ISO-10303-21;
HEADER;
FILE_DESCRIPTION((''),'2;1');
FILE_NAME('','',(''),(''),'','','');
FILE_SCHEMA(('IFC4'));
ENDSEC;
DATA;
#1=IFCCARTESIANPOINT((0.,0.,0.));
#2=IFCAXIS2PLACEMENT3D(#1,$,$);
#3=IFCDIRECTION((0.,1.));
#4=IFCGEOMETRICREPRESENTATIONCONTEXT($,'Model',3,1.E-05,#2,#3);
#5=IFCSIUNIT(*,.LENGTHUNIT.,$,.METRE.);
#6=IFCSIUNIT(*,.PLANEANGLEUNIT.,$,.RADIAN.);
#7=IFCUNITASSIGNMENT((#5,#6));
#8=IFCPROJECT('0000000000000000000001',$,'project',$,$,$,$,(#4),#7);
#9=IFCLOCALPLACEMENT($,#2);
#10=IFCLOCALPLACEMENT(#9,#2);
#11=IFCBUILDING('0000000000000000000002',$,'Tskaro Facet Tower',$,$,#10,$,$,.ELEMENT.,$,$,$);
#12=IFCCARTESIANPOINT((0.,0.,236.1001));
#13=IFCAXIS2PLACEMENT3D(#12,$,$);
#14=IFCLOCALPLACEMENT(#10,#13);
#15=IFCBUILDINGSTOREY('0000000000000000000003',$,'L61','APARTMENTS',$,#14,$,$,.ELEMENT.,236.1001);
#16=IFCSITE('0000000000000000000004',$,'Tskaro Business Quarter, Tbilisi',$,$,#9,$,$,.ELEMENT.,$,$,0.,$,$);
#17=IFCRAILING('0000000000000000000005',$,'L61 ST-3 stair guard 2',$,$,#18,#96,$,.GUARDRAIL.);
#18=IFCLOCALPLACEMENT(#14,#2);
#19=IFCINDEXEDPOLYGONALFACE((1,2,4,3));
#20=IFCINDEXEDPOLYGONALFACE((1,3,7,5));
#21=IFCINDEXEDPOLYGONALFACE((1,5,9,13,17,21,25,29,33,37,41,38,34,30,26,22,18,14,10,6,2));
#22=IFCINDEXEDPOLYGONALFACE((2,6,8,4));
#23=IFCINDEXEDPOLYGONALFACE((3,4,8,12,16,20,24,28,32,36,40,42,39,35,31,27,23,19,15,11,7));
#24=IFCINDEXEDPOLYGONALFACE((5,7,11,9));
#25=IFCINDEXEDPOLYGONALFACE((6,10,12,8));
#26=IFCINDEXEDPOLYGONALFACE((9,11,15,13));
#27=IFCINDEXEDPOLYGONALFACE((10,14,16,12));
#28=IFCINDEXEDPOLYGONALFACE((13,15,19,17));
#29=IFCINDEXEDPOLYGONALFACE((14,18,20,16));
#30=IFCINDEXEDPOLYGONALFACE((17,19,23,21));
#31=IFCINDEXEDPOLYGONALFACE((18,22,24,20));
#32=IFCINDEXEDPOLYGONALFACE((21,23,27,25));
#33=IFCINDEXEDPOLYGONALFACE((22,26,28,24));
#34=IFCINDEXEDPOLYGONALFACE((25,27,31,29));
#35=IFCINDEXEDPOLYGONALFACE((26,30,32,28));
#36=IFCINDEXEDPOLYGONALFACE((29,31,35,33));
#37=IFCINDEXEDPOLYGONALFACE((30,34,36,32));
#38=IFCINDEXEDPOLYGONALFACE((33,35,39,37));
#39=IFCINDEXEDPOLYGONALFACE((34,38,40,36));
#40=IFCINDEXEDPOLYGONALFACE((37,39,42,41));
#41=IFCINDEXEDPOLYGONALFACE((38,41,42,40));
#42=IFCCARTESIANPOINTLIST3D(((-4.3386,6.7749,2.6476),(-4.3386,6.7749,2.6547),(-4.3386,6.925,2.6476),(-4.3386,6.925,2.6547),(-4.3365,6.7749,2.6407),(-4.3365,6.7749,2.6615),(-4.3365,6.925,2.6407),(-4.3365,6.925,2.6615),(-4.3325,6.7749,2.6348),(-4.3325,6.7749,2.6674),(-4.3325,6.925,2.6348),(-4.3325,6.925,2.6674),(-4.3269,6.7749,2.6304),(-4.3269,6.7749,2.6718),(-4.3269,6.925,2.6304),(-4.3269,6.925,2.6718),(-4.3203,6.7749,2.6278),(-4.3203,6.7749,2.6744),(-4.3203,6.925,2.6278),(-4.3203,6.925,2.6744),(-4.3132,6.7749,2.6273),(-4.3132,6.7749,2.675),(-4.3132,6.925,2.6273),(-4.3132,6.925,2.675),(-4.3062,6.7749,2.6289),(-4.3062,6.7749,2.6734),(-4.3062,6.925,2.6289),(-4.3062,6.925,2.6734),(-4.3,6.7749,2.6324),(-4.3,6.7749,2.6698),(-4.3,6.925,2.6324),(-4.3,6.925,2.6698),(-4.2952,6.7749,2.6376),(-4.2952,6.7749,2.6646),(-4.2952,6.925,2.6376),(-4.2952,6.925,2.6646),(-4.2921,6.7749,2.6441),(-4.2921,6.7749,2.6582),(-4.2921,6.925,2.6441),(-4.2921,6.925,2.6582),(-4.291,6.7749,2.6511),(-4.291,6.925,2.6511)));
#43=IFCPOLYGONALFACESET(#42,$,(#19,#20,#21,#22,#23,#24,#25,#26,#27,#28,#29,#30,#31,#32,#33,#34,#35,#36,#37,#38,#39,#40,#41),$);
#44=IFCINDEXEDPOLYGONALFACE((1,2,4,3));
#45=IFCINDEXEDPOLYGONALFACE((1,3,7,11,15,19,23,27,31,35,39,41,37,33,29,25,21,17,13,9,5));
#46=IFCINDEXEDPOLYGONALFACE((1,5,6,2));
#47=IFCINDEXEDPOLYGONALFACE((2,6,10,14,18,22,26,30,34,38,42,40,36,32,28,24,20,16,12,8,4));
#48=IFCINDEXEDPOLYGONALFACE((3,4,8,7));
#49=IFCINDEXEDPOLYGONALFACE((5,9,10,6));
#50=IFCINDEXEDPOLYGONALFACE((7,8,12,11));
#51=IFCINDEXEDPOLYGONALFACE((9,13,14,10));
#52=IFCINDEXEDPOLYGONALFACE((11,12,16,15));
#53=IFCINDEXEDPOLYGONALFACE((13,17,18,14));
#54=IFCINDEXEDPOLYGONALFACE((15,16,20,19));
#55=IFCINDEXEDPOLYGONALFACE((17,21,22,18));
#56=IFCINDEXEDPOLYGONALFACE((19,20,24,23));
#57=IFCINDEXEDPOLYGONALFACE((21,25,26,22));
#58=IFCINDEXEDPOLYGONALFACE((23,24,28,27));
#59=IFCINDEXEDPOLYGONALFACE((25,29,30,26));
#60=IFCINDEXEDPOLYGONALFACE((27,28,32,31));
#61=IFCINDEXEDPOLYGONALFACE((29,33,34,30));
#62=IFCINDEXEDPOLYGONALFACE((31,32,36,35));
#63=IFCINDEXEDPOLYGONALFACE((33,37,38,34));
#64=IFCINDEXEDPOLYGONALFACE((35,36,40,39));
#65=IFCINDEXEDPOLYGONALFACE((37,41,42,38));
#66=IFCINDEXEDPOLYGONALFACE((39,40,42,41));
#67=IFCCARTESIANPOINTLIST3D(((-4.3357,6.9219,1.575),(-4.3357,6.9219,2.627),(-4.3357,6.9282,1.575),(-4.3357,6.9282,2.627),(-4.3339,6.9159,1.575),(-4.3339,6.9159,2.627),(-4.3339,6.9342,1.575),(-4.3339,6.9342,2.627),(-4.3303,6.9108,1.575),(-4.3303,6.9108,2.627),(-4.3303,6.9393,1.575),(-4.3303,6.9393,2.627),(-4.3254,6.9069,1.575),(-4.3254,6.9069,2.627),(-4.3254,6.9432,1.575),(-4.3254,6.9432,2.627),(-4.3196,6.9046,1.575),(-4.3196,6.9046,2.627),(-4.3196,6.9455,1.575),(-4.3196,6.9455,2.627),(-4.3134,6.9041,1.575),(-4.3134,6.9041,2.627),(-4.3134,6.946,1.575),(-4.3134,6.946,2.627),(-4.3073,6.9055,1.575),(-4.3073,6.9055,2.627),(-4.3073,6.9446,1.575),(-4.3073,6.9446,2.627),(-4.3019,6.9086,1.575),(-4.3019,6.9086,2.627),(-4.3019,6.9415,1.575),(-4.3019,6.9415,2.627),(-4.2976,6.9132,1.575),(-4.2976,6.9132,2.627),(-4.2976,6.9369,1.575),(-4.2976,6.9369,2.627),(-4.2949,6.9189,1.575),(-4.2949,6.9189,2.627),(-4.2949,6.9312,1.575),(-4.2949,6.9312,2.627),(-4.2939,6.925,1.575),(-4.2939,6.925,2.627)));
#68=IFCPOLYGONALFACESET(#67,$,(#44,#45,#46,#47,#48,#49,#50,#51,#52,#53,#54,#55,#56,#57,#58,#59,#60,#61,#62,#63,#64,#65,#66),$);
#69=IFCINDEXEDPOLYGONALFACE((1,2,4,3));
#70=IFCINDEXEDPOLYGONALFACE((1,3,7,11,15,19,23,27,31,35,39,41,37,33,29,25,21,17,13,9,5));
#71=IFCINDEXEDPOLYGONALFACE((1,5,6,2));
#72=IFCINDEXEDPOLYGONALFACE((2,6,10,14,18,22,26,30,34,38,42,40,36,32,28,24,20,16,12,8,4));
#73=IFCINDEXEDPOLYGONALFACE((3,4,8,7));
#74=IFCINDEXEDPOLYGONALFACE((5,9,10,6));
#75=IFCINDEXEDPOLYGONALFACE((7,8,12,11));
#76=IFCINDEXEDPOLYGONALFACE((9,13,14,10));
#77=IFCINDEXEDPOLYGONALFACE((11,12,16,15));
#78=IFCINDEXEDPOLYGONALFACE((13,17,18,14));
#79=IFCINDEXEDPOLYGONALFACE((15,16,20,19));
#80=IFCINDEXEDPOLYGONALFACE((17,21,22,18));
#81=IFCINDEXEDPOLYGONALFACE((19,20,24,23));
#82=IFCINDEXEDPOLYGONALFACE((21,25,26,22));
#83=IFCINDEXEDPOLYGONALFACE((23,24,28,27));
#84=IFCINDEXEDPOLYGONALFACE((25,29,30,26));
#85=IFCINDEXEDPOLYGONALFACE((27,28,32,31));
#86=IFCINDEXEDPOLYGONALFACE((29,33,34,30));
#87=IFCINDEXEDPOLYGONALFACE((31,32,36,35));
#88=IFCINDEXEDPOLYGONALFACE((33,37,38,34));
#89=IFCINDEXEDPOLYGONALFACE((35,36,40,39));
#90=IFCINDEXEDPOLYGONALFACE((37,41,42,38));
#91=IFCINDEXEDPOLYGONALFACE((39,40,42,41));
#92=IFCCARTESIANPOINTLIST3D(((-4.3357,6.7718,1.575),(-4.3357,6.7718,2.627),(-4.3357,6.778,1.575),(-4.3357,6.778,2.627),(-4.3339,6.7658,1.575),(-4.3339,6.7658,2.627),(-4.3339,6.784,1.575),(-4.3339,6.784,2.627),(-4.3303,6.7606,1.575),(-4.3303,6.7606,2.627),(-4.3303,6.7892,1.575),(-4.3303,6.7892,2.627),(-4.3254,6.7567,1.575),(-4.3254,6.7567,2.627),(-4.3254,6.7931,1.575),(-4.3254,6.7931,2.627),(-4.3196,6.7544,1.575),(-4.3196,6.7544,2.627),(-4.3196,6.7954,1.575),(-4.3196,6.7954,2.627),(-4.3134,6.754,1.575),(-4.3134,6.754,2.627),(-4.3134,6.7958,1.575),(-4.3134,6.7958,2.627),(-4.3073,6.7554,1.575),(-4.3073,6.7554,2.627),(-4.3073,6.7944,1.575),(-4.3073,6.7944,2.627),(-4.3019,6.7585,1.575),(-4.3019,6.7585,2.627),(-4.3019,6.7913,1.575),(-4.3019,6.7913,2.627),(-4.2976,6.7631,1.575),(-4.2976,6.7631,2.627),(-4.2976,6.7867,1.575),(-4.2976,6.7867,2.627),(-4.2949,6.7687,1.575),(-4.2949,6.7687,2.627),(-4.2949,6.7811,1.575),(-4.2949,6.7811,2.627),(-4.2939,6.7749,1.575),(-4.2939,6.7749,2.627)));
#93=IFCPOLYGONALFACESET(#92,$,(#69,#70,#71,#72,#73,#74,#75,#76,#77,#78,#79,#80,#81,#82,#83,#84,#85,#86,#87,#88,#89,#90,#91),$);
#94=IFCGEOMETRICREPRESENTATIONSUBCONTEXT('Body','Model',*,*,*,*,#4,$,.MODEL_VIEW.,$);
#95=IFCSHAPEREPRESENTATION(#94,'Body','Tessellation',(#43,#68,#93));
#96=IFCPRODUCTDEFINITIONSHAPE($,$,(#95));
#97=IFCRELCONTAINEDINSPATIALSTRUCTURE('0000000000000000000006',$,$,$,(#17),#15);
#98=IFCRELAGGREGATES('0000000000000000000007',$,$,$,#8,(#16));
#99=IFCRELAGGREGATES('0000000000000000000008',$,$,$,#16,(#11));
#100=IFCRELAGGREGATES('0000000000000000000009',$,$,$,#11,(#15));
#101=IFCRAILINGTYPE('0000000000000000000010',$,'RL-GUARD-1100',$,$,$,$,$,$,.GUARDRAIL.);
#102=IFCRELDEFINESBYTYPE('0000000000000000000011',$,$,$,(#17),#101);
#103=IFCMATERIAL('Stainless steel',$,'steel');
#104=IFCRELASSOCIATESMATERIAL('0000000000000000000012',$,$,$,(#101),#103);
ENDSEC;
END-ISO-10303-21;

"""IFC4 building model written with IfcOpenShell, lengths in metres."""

from ifc_helpers import new_model, si_unit, direction, frame, origin, origin_2d, place, context, subcontext, project, spatial, circle, extrude, material, type_object, element, save


model = new_model("IFC4")

# Units and contexts
model_context = context("Model", 3, precision=1e-05, world=origin(), true_north=direction((0.0, 1.0)))
body_context = subcontext(model_context, "Body", "Model", "MODEL_VIEW")
ifc_project = project(units=[si_unit("LENGTHUNIT", "METRE"), si_unit("PLANEANGLEUNIT", "RADIAN")], contexts=[model_context])

# Site, building, storey
site_placement = place(None, origin())
site = spatial("IfcSite", under=ifc_project, at=site_placement, Name="Tskaro Business Quarter, Tbilisi", CompositionType="ELEMENT", RefElevation=0.0)
building_placement = place(site_placement, origin())
building = spatial("IfcBuilding", under=site, at=building_placement, Name="Tskaro Facet Tower", CompositionType="ELEMENT")
storey_placement = place(building_placement, frame((0.0, 0.0, 236.1001)))
storey = spatial("IfcBuildingStorey", under=building, at=storey_placement, Name="L61", Description="APARTMENTS", CompositionType="ELEMENT", Elevation=236.1001)

# Railing
ifc_material_1 = material(Name="Stainless steel", Category="steel")
railing_type_1 = type_object("IfcRailingType", Name="RL-GUARD-1100", PredefinedType="GUARDRAIL", material=ifc_material_1)
railing_1_placement = place(storey_placement, frame((-4.3149, 6.925, 1.575)))
element("IfcRailing", 1, at=railing_1_placement, inside=storey, type_object=railing_type_1, Name="L61 ST-3 stair guard 2", PredefinedType="GUARDRAIL", context=body_context, shape_type="SweptSolid", body=[
    extrude(circle(Radius=0.0239, at=origin_2d()), frame((0.0, 0.0, 1.0762), z_axis=(0.0, -1.0, 0.0), x_axis=(1.0, 0.0, 0.0)), (0.0, 0.0, 1.0), 0.1501),
    extrude(circle(Radius=0.021, at=origin_2d()), origin(), (0.0, 0.0, 1.0), 1.052),
    extrude(circle(Radius=0.021, at=origin_2d()), frame((0.0, -0.1501, 0.0)), (0.0, 0.0, 1.0), 1.052),
])

save(model, "model.ifc")
